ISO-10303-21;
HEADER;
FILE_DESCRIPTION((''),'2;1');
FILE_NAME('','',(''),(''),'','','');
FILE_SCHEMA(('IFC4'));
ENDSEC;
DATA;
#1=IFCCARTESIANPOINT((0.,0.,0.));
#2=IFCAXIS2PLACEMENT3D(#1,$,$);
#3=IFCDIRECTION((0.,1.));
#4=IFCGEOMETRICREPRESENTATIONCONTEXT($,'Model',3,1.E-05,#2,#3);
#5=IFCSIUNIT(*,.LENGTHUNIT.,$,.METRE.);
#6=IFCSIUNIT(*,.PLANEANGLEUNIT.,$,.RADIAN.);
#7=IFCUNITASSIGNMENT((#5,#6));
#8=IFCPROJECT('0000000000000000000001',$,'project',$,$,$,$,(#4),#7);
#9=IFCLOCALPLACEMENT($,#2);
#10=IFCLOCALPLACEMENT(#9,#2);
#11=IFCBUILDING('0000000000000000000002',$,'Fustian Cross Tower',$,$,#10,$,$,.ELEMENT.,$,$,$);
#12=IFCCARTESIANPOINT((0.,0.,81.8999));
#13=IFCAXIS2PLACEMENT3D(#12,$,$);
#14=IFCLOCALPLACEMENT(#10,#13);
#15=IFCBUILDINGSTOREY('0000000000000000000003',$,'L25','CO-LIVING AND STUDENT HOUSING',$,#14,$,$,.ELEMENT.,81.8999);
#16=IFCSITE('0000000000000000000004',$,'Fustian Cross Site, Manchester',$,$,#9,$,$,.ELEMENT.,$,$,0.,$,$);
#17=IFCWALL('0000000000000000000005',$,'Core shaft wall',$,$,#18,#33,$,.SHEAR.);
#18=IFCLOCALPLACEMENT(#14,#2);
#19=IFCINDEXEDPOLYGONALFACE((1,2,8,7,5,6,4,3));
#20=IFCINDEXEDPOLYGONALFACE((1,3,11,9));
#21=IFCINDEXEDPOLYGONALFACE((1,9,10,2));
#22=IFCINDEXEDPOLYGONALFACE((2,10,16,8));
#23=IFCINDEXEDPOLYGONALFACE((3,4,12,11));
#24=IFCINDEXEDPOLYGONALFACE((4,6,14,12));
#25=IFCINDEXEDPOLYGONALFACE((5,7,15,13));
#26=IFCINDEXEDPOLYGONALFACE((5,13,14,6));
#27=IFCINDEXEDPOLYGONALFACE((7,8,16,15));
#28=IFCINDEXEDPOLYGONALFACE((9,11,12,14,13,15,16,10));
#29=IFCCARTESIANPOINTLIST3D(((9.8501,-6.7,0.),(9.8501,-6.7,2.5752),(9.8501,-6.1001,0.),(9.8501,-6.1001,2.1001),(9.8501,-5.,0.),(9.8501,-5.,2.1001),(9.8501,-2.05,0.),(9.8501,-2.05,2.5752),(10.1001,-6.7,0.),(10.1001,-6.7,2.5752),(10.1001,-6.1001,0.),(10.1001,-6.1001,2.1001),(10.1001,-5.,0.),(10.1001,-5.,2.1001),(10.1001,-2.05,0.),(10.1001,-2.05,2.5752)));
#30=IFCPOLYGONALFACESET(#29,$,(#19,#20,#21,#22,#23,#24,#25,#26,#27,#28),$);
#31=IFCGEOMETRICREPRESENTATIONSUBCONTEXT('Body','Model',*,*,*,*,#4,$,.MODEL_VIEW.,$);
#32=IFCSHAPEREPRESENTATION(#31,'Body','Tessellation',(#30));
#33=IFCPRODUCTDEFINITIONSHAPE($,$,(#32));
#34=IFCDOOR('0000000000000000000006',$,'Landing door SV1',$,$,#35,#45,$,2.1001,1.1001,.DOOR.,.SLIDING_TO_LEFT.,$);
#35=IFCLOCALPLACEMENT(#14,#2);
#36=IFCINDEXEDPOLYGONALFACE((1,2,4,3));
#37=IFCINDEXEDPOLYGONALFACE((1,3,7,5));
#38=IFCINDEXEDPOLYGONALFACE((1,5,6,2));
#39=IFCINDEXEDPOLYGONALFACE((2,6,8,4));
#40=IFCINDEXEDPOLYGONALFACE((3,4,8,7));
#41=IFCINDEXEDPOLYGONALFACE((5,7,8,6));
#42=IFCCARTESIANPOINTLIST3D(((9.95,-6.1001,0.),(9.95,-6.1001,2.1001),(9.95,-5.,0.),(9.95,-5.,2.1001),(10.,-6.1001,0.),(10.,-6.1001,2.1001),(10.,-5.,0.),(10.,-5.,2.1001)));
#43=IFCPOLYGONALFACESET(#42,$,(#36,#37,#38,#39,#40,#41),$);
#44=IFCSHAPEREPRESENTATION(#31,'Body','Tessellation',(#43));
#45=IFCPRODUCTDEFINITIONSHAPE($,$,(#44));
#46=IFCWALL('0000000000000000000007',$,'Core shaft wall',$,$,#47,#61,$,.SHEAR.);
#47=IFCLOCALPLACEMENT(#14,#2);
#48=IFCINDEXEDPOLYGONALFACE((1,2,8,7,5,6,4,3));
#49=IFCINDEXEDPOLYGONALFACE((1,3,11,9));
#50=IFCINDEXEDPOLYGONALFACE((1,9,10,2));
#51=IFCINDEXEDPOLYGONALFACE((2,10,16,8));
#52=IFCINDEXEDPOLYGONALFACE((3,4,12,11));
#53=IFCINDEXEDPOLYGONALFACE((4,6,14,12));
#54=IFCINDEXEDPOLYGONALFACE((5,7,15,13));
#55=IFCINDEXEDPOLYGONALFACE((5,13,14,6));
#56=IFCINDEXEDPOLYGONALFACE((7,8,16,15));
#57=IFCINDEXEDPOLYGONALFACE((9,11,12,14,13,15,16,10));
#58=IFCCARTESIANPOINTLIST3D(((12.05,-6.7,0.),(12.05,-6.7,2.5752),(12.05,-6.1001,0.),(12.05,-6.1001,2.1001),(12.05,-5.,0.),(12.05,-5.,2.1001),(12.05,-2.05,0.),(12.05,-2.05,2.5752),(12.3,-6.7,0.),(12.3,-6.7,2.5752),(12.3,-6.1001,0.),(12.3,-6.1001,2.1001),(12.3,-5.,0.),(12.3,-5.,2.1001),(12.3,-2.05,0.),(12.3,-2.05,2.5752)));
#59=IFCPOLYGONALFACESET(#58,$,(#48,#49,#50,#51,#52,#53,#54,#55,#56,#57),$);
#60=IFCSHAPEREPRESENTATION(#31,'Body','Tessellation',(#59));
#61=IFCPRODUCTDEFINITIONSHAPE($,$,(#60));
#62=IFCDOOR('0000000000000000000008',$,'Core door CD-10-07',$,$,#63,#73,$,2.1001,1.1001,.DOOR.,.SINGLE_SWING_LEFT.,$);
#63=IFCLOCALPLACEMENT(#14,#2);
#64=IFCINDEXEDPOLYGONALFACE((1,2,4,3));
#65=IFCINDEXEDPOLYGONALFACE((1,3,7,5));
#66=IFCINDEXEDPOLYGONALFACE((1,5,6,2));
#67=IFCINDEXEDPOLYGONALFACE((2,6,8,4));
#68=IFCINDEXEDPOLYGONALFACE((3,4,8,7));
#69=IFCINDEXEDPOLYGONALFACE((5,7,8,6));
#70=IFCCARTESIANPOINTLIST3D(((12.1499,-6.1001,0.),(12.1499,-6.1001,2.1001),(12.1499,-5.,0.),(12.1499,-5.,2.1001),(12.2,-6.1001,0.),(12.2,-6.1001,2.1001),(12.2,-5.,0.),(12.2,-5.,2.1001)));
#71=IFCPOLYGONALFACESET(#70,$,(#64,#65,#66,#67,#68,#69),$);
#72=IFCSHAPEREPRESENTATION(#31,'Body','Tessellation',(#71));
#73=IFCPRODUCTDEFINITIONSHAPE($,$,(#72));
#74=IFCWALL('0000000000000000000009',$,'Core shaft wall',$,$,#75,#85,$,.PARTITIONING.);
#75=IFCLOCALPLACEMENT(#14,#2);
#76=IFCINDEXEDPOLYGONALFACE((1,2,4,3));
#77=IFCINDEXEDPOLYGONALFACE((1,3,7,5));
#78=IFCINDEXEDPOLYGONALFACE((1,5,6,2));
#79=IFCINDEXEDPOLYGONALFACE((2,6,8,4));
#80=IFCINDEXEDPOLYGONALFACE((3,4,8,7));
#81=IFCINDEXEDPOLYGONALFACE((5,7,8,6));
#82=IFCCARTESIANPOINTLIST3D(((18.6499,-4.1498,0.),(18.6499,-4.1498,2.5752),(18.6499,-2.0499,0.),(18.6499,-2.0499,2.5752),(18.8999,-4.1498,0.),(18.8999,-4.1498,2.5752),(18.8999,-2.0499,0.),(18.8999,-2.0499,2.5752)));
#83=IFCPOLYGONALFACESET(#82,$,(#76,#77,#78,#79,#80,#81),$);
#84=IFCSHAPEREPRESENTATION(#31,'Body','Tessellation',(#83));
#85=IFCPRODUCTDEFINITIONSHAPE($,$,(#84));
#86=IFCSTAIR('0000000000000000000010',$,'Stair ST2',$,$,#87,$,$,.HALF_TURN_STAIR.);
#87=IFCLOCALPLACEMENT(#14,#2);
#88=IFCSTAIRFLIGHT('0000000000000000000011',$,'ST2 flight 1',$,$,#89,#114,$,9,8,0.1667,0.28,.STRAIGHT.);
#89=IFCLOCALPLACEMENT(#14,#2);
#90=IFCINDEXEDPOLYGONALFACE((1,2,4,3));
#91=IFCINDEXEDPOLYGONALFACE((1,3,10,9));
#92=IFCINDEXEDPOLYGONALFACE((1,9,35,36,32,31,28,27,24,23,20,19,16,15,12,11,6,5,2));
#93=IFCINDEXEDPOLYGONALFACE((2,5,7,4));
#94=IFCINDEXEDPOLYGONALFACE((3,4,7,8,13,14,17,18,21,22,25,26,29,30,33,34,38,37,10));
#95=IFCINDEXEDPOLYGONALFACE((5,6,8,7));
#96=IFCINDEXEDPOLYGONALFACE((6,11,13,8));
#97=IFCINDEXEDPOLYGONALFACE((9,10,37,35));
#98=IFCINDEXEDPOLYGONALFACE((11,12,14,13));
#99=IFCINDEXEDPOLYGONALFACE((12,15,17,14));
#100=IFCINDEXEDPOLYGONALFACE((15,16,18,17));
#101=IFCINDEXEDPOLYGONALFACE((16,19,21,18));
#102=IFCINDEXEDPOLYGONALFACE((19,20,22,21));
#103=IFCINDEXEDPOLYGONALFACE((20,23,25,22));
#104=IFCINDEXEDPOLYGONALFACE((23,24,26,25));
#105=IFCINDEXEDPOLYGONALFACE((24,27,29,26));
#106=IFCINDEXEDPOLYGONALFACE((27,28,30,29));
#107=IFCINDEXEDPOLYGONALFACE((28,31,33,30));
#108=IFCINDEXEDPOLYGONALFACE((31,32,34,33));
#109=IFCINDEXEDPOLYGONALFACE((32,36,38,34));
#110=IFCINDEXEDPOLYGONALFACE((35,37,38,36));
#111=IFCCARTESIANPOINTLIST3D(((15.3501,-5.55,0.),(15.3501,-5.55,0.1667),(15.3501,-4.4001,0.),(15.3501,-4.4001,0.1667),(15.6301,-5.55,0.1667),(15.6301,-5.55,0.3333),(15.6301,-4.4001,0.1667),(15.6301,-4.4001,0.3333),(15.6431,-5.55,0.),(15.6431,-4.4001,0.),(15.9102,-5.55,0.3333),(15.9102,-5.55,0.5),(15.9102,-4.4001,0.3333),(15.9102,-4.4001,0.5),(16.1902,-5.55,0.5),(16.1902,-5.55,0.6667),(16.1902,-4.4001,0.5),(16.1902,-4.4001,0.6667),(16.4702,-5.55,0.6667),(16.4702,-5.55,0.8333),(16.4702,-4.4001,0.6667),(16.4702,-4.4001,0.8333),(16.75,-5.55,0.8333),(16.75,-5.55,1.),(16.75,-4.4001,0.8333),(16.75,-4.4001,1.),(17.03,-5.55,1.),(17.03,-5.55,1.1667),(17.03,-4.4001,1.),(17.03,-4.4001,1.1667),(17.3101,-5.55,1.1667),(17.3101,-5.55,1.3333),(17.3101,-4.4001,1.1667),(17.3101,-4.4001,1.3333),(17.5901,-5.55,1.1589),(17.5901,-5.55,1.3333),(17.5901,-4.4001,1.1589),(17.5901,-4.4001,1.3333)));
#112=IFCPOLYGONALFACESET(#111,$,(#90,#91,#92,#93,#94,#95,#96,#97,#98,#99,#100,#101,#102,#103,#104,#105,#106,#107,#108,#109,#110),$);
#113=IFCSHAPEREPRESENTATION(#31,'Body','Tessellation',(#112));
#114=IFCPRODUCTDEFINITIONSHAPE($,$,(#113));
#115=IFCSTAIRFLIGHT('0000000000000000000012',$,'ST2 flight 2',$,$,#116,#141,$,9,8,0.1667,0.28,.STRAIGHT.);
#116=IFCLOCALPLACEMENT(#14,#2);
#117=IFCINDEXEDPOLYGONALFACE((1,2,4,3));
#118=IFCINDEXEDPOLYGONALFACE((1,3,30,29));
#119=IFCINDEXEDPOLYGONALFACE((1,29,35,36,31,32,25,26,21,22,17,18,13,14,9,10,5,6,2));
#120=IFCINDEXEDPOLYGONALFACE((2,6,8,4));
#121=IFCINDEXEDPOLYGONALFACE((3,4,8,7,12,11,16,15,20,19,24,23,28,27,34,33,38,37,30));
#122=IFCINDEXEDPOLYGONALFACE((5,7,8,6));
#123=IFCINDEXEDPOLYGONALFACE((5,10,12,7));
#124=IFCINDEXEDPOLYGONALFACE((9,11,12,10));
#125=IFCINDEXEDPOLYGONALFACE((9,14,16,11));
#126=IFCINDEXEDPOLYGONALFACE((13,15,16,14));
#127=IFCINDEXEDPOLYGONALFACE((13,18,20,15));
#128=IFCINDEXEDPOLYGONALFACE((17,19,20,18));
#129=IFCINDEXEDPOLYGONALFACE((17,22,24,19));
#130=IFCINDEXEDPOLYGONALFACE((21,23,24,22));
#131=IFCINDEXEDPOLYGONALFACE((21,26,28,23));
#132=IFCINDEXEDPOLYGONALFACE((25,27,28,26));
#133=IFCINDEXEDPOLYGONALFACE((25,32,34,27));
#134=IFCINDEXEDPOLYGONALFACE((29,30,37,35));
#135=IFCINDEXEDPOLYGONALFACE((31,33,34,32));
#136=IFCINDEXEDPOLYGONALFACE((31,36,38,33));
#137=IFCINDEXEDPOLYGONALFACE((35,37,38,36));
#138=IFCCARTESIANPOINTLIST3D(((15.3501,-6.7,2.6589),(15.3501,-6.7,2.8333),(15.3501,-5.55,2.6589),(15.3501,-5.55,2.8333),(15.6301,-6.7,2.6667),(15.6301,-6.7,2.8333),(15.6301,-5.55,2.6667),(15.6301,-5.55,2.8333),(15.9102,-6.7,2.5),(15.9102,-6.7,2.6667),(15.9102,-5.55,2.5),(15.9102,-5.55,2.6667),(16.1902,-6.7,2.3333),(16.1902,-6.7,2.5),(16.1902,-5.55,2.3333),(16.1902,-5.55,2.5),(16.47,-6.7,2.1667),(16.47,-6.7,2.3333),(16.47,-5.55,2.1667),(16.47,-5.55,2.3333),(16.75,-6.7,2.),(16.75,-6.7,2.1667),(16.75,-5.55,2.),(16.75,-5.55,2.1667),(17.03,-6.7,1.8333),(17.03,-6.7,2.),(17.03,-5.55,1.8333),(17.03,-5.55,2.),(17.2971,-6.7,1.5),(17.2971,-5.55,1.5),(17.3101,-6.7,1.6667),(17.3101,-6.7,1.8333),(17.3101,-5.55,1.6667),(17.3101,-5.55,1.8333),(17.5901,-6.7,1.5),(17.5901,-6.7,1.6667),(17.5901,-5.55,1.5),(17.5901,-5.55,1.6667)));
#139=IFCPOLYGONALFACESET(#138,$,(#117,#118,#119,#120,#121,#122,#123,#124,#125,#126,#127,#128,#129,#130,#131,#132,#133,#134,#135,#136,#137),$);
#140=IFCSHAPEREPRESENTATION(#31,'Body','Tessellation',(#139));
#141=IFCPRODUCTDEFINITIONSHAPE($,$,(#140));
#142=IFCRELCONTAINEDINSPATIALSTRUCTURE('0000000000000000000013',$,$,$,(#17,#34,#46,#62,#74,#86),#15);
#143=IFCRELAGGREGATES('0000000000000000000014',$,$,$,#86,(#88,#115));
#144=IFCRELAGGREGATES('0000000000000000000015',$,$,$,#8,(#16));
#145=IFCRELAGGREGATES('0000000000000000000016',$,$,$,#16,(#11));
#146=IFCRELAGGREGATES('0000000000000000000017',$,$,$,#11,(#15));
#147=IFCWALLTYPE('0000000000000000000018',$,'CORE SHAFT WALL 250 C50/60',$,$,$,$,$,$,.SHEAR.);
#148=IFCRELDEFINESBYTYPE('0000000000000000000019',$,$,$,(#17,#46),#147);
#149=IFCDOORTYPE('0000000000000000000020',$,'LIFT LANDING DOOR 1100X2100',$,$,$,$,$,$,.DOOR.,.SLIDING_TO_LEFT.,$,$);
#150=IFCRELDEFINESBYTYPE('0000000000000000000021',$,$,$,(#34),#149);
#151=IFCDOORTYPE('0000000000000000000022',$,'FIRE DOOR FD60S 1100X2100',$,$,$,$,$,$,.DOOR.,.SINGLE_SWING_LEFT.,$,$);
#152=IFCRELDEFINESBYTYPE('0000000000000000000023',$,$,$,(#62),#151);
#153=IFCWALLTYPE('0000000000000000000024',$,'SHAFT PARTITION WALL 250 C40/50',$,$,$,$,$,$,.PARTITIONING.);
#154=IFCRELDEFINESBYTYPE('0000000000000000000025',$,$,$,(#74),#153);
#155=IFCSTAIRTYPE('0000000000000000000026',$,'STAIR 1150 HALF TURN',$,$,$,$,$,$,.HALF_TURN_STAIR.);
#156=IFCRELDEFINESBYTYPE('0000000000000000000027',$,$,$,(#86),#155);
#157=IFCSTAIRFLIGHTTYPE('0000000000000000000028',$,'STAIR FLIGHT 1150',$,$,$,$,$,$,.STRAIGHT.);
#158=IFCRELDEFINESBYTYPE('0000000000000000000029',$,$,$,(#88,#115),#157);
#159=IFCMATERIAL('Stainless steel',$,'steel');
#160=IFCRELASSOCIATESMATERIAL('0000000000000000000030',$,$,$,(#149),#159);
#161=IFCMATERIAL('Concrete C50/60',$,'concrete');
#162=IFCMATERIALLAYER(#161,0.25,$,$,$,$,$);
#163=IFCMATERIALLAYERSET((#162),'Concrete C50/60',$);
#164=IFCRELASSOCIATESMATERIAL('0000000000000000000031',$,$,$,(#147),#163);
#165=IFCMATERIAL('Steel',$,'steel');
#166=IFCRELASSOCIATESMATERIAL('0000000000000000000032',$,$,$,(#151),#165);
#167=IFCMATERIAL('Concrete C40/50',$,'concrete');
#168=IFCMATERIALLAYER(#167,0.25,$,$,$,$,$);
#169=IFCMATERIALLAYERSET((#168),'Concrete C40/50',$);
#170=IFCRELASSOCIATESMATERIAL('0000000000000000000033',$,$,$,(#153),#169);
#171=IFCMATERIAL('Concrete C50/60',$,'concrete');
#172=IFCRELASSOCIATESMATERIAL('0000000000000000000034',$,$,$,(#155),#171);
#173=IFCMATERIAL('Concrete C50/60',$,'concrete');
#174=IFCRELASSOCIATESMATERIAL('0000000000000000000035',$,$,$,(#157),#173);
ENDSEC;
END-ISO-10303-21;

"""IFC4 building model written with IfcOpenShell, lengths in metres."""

from ifc_helpers import new_model, si_unit, direction, frame, frame_2d, origin, place, context, subcontext, project, spatial, polyline, rectangle, outline, extrude, material, layer, layer_set, type_object, element, fill, aggregate, save


model = new_model("IFC4")

# Units and contexts
model_context = context("Model", 3, precision=1e-05, world=origin(), true_north=direction((0.0, 1.0)))
body_context = subcontext(model_context, "Body", "Model", "MODEL_VIEW")
ifc_project = project(units=[si_unit("LENGTHUNIT", "METRE"), si_unit("PLANEANGLEUNIT", "RADIAN")], contexts=[model_context])

# Site, building, storey
site_placement = place(None, origin())
site = spatial("IfcSite", under=ifc_project, at=site_placement, Name="Fustian Cross Site, Manchester", CompositionType="ELEMENT", RefElevation=0.0)
building_placement = place(site_placement, origin())
building = spatial("IfcBuilding", under=site, at=building_placement, Name="Fustian Cross Tower", CompositionType="ELEMENT")
storey_placement = place(building_placement, frame((0.0, 0.0, 81.8999)))
storey = spatial("IfcBuildingStorey", under=building, at=storey_placement, Name="L25", Description="CO-LIVING AND STUDENT HOUSING", CompositionType="ELEMENT", Elevation=81.8999)

# Shared definitions
ifc_material_1 = material(Name="Stainless steel", Category="steel")
door_type_1 = type_object("IfcDoorType", Name="LIFT LANDING DOOR 1100X2100", OperationType="SLIDING_TO_LEFT", PredefinedType="DOOR", material=ifc_material_1)

# Shared definitions
ifc_material_2 = material(Name="Concrete C50/60", Category="concrete")
ifc_layer_1 = layer(ifc_material_2, 0.25)
ifc_layer_set_1 = layer_set([ifc_layer_1], Name="Concrete C50/60")
wall_type_1 = type_object("IfcWallType", Name="CORE SHAFT WALL 250 C50/60", PredefinedType="SHEAR", material=ifc_layer_set_1)

# Walls, openings, doors
wall_1_placement = place(storey_placement, frame((9.9751, -2.05, 0.0), z_axis=(0.0, 0.0, 1.0), x_axis=(0.0, -1.0, 0.0)))
wall_1 = element("IfcWall", 1, at=wall_1_placement, inside=storey, type_object=wall_type_1, Name="Core shaft wall", PredefinedType="SHEAR", context=body_context, shape_type="SweptSolid", body=[
    extrude(rectangle(XDim=4.6499, YDim=0.25, at=frame_2d((2.325, 0.0))), origin(), (0.0, 0.0, 1.0), 2.5752),
])
opening_1_placement = place(wall_1_placement, frame((2.95, 0.0, 0.0)))
opening_1 = element("IfcOpeningElement", 2, at=opening_1_placement, cuts=wall_1, PredefinedType="OPENING", context=body_context, shape_type="SweptSolid", body=[
    extrude(rectangle(XDim=1.1001, YDim=2.1001, at=frame_2d((0.55, 1.05))), frame((0.0, 0.135, 0.0), z_axis=(0.0, -1.0, 0.0), x_axis=(1.0, 0.0, 0.0)), (0.0, 0.0, 1.0), 0.27),
])
door_1_placement = place(opening_1_placement, origin())
door_1 = element("IfcDoor", 3, at=door_1_placement, inside=storey, type_object=door_type_1, Name="Landing door SV1", OperationType="SLIDING_TO_LEFT", OverallHeight=2.1001, OverallWidth=1.1001, PredefinedType="DOOR", context=body_context, shape_type="SweptSolid", body=[
    extrude(rectangle(XDim=1.1001, YDim=2.1001, at=frame_2d((0.55, 1.05))), frame((0.0, 0.0249, 0.0), z_axis=(0.0, -1.0, 0.0), x_axis=(1.0, 0.0, 0.0)), (0.0, 0.0, 1.0), 0.05),
])
fill(opening_1, door_1)
wall_2_placement = place(storey_placement, frame((12.175, -2.05, 0.0), z_axis=(0.0, 0.0, 1.0), x_axis=(0.0, -1.0, 0.0)))
wall_2 = element("IfcWall", 4, at=wall_2_placement, inside=storey, type_object=wall_type_1, Name="Core shaft wall", PredefinedType="SHEAR", context=body_context, shape_type="SweptSolid", body=[
    extrude(rectangle(XDim=4.6499, YDim=0.25, at=frame_2d((2.325, 0.0))), origin(), (0.0, 0.0, 1.0), 2.5752),
])
opening_2_placement = place(wall_2_placement, frame((2.95, 0.0, 0.0)))
opening_2 = element("IfcOpeningElement", 5, at=opening_2_placement, cuts=wall_2, PredefinedType="OPENING", context=body_context, shape_type="SweptSolid", body=[
    extrude(rectangle(XDim=1.1001, YDim=2.1001, at=frame_2d((0.55, 1.05))), frame((0.0, 0.135, 0.0), z_axis=(0.0, -1.0, 0.0), x_axis=(1.0, 0.0, 0.0)), (0.0, 0.0, 1.0), 0.27),
])
ifc_material_3 = material(Name="Steel", Category="steel")
door_type_2 = type_object("IfcDoorType", Name="FIRE DOOR FD60S 1100X2100", OperationType="SINGLE_SWING_LEFT", PredefinedType="DOOR", material=ifc_material_3)
door_2_placement = place(opening_2_placement, origin())
door_2 = element("IfcDoor", 6, at=door_2_placement, inside=storey, type_object=door_type_2, Name="Core door CD-10-07", OperationType="SINGLE_SWING_LEFT", OverallHeight=2.1001, OverallWidth=1.1001, PredefinedType="DOOR", context=body_context, shape_type="SweptSolid", body=[
    extrude(rectangle(XDim=1.1001, YDim=2.1001, at=frame_2d((0.55, 1.05))), frame((0.0, 0.0249, 0.0), z_axis=(0.0, -1.0, 0.0), x_axis=(1.0, 0.0, 0.0)), (0.0, 0.0, 1.0), 0.05),
])
fill(opening_2, door_2)

# Wall
ifc_material_4 = material(Name="Concrete C40/50", Category="concrete")
ifc_layer_2 = layer(ifc_material_4, 0.25)
ifc_layer_set_2 = layer_set([ifc_layer_2], Name="Concrete C40/50")
wall_type_2 = type_object("IfcWallType", Name="SHAFT PARTITION WALL 250 C40/50", PredefinedType="PARTITIONING", material=ifc_layer_set_2)
wall_3_placement = place(storey_placement, frame((18.7749, -2.05, 0.0), z_axis=(0.0, 0.0, 1.0), x_axis=(0.0, -1.0, 0.0)))
element("IfcWall", 7, at=wall_3_placement, inside=storey, type_object=wall_type_2, Name="Core shaft wall", PredefinedType="PARTITIONING", context=body_context, shape_type="SweptSolid", body=[
    extrude(rectangle(XDim=2.0999, YDim=0.25, at=frame_2d((1.0498, 0.0))), origin(), (0.0, 0.0, 1.0), 2.5752),
])

# Stair, stair flights
ifc_material_5 = material(Name="Concrete C50/60", Category="concrete")
stair_type = type_object("IfcStairType", Name="STAIR 1150 HALF TURN", PredefinedType="HALF_TURN_STAIR", material=ifc_material_5)
stair_placement = place(storey_placement, origin())
stair = element("IfcStair", 8, at=stair_placement, inside=storey, type_object=stair_type, Name="Stair ST2", PredefinedType="HALF_TURN_STAIR")
ifc_material_6 = material(Name="Concrete C50/60", Category="concrete")
stair_flight_type = type_object("IfcStairFlightType", Name="STAIR FLIGHT 1150", PredefinedType="STRAIGHT", material=ifc_material_6)
stair_flight_1_placement = place(storey_placement, frame((15.3501, -4.9751, 0.0), z_axis=(0.0, 0.0, 1.0), x_axis=(1.0, 0.0, 0.0)))
stair_flight_1 = element("IfcStairFlight", 9, at=stair_flight_1_placement, type_object=stair_flight_type, Name="ST2 flight 1", NumberOfRisers=9, NumberOfTreads=8, PredefinedType="STRAIGHT", RiserHeight=0.1667, TreadLength=0.28, context=body_context, shape_type="SweptSolid", body=[
    extrude(outline(polyline([(0.0, 0.0), (0.0, 0.1667), (0.28, 0.1667), (0.28, 0.3333), (0.5601, 0.3333), (0.5601, 0.5), (0.8401, 0.5), (0.8401, 0.6667), (1.1201, 0.6667), (1.1201, 0.8333), (1.3999, 0.8333), (1.3999, 1.0), (1.6799, 1.0), (1.6799, 1.1667), (1.96, 1.1667), (1.96, 1.3333), (2.24, 1.3333), (2.24, 1.5), (2.24, 1.1589), (0.293, 0.0), (0.0, 0.0)])), frame((0.0, 0.575, 0.0), z_axis=(0.0, -1.0, 0.0), x_axis=(1.0, 0.0, 0.0)), (0.0, 0.0, 1.0), 1.1499),
])
stair_flight_2_placement = place(storey_placement, frame((17.5901, -6.125, 1.5), z_axis=(0.0, 0.0, 1.0), x_axis=(-1.0, 0.0, 0.0)))
stair_flight_2 = element("IfcStairFlight", 10, at=stair_flight_2_placement, type_object=stair_flight_type, Name="ST2 flight 2", NumberOfRisers=9, NumberOfTreads=8, PredefinedType="STRAIGHT", RiserHeight=0.1667, TreadLength=0.28, context=body_context, shape_type="SweptSolid", body=[
    extrude(outline(polyline([(0.0, 0.0), (0.0, 0.1667), (0.28, 0.1667), (0.28, 0.3333), (0.5601, 0.3333), (0.5601, 0.5), (0.8401, 0.5), (0.8401, 0.6667), (1.1201, 0.6667), (1.1201, 0.8333), (1.3999, 0.8333), (1.3999, 1.0), (1.6799, 1.0), (1.6799, 1.1667), (1.96, 1.1667), (1.96, 1.3333), (2.24, 1.3333), (2.24, 1.5), (2.24, 1.1589), (0.293, 0.0), (0.0, 0.0)])), frame((0.0, 0.575, 0.0), z_axis=(0.0, -1.0, 0.0), x_axis=(1.0, 0.0, 0.0)), (0.0, 0.0, 1.0), 1.1499),
])
aggregate(stair, [stair_flight_1, stair_flight_2])

save(model, "model.ifc")
